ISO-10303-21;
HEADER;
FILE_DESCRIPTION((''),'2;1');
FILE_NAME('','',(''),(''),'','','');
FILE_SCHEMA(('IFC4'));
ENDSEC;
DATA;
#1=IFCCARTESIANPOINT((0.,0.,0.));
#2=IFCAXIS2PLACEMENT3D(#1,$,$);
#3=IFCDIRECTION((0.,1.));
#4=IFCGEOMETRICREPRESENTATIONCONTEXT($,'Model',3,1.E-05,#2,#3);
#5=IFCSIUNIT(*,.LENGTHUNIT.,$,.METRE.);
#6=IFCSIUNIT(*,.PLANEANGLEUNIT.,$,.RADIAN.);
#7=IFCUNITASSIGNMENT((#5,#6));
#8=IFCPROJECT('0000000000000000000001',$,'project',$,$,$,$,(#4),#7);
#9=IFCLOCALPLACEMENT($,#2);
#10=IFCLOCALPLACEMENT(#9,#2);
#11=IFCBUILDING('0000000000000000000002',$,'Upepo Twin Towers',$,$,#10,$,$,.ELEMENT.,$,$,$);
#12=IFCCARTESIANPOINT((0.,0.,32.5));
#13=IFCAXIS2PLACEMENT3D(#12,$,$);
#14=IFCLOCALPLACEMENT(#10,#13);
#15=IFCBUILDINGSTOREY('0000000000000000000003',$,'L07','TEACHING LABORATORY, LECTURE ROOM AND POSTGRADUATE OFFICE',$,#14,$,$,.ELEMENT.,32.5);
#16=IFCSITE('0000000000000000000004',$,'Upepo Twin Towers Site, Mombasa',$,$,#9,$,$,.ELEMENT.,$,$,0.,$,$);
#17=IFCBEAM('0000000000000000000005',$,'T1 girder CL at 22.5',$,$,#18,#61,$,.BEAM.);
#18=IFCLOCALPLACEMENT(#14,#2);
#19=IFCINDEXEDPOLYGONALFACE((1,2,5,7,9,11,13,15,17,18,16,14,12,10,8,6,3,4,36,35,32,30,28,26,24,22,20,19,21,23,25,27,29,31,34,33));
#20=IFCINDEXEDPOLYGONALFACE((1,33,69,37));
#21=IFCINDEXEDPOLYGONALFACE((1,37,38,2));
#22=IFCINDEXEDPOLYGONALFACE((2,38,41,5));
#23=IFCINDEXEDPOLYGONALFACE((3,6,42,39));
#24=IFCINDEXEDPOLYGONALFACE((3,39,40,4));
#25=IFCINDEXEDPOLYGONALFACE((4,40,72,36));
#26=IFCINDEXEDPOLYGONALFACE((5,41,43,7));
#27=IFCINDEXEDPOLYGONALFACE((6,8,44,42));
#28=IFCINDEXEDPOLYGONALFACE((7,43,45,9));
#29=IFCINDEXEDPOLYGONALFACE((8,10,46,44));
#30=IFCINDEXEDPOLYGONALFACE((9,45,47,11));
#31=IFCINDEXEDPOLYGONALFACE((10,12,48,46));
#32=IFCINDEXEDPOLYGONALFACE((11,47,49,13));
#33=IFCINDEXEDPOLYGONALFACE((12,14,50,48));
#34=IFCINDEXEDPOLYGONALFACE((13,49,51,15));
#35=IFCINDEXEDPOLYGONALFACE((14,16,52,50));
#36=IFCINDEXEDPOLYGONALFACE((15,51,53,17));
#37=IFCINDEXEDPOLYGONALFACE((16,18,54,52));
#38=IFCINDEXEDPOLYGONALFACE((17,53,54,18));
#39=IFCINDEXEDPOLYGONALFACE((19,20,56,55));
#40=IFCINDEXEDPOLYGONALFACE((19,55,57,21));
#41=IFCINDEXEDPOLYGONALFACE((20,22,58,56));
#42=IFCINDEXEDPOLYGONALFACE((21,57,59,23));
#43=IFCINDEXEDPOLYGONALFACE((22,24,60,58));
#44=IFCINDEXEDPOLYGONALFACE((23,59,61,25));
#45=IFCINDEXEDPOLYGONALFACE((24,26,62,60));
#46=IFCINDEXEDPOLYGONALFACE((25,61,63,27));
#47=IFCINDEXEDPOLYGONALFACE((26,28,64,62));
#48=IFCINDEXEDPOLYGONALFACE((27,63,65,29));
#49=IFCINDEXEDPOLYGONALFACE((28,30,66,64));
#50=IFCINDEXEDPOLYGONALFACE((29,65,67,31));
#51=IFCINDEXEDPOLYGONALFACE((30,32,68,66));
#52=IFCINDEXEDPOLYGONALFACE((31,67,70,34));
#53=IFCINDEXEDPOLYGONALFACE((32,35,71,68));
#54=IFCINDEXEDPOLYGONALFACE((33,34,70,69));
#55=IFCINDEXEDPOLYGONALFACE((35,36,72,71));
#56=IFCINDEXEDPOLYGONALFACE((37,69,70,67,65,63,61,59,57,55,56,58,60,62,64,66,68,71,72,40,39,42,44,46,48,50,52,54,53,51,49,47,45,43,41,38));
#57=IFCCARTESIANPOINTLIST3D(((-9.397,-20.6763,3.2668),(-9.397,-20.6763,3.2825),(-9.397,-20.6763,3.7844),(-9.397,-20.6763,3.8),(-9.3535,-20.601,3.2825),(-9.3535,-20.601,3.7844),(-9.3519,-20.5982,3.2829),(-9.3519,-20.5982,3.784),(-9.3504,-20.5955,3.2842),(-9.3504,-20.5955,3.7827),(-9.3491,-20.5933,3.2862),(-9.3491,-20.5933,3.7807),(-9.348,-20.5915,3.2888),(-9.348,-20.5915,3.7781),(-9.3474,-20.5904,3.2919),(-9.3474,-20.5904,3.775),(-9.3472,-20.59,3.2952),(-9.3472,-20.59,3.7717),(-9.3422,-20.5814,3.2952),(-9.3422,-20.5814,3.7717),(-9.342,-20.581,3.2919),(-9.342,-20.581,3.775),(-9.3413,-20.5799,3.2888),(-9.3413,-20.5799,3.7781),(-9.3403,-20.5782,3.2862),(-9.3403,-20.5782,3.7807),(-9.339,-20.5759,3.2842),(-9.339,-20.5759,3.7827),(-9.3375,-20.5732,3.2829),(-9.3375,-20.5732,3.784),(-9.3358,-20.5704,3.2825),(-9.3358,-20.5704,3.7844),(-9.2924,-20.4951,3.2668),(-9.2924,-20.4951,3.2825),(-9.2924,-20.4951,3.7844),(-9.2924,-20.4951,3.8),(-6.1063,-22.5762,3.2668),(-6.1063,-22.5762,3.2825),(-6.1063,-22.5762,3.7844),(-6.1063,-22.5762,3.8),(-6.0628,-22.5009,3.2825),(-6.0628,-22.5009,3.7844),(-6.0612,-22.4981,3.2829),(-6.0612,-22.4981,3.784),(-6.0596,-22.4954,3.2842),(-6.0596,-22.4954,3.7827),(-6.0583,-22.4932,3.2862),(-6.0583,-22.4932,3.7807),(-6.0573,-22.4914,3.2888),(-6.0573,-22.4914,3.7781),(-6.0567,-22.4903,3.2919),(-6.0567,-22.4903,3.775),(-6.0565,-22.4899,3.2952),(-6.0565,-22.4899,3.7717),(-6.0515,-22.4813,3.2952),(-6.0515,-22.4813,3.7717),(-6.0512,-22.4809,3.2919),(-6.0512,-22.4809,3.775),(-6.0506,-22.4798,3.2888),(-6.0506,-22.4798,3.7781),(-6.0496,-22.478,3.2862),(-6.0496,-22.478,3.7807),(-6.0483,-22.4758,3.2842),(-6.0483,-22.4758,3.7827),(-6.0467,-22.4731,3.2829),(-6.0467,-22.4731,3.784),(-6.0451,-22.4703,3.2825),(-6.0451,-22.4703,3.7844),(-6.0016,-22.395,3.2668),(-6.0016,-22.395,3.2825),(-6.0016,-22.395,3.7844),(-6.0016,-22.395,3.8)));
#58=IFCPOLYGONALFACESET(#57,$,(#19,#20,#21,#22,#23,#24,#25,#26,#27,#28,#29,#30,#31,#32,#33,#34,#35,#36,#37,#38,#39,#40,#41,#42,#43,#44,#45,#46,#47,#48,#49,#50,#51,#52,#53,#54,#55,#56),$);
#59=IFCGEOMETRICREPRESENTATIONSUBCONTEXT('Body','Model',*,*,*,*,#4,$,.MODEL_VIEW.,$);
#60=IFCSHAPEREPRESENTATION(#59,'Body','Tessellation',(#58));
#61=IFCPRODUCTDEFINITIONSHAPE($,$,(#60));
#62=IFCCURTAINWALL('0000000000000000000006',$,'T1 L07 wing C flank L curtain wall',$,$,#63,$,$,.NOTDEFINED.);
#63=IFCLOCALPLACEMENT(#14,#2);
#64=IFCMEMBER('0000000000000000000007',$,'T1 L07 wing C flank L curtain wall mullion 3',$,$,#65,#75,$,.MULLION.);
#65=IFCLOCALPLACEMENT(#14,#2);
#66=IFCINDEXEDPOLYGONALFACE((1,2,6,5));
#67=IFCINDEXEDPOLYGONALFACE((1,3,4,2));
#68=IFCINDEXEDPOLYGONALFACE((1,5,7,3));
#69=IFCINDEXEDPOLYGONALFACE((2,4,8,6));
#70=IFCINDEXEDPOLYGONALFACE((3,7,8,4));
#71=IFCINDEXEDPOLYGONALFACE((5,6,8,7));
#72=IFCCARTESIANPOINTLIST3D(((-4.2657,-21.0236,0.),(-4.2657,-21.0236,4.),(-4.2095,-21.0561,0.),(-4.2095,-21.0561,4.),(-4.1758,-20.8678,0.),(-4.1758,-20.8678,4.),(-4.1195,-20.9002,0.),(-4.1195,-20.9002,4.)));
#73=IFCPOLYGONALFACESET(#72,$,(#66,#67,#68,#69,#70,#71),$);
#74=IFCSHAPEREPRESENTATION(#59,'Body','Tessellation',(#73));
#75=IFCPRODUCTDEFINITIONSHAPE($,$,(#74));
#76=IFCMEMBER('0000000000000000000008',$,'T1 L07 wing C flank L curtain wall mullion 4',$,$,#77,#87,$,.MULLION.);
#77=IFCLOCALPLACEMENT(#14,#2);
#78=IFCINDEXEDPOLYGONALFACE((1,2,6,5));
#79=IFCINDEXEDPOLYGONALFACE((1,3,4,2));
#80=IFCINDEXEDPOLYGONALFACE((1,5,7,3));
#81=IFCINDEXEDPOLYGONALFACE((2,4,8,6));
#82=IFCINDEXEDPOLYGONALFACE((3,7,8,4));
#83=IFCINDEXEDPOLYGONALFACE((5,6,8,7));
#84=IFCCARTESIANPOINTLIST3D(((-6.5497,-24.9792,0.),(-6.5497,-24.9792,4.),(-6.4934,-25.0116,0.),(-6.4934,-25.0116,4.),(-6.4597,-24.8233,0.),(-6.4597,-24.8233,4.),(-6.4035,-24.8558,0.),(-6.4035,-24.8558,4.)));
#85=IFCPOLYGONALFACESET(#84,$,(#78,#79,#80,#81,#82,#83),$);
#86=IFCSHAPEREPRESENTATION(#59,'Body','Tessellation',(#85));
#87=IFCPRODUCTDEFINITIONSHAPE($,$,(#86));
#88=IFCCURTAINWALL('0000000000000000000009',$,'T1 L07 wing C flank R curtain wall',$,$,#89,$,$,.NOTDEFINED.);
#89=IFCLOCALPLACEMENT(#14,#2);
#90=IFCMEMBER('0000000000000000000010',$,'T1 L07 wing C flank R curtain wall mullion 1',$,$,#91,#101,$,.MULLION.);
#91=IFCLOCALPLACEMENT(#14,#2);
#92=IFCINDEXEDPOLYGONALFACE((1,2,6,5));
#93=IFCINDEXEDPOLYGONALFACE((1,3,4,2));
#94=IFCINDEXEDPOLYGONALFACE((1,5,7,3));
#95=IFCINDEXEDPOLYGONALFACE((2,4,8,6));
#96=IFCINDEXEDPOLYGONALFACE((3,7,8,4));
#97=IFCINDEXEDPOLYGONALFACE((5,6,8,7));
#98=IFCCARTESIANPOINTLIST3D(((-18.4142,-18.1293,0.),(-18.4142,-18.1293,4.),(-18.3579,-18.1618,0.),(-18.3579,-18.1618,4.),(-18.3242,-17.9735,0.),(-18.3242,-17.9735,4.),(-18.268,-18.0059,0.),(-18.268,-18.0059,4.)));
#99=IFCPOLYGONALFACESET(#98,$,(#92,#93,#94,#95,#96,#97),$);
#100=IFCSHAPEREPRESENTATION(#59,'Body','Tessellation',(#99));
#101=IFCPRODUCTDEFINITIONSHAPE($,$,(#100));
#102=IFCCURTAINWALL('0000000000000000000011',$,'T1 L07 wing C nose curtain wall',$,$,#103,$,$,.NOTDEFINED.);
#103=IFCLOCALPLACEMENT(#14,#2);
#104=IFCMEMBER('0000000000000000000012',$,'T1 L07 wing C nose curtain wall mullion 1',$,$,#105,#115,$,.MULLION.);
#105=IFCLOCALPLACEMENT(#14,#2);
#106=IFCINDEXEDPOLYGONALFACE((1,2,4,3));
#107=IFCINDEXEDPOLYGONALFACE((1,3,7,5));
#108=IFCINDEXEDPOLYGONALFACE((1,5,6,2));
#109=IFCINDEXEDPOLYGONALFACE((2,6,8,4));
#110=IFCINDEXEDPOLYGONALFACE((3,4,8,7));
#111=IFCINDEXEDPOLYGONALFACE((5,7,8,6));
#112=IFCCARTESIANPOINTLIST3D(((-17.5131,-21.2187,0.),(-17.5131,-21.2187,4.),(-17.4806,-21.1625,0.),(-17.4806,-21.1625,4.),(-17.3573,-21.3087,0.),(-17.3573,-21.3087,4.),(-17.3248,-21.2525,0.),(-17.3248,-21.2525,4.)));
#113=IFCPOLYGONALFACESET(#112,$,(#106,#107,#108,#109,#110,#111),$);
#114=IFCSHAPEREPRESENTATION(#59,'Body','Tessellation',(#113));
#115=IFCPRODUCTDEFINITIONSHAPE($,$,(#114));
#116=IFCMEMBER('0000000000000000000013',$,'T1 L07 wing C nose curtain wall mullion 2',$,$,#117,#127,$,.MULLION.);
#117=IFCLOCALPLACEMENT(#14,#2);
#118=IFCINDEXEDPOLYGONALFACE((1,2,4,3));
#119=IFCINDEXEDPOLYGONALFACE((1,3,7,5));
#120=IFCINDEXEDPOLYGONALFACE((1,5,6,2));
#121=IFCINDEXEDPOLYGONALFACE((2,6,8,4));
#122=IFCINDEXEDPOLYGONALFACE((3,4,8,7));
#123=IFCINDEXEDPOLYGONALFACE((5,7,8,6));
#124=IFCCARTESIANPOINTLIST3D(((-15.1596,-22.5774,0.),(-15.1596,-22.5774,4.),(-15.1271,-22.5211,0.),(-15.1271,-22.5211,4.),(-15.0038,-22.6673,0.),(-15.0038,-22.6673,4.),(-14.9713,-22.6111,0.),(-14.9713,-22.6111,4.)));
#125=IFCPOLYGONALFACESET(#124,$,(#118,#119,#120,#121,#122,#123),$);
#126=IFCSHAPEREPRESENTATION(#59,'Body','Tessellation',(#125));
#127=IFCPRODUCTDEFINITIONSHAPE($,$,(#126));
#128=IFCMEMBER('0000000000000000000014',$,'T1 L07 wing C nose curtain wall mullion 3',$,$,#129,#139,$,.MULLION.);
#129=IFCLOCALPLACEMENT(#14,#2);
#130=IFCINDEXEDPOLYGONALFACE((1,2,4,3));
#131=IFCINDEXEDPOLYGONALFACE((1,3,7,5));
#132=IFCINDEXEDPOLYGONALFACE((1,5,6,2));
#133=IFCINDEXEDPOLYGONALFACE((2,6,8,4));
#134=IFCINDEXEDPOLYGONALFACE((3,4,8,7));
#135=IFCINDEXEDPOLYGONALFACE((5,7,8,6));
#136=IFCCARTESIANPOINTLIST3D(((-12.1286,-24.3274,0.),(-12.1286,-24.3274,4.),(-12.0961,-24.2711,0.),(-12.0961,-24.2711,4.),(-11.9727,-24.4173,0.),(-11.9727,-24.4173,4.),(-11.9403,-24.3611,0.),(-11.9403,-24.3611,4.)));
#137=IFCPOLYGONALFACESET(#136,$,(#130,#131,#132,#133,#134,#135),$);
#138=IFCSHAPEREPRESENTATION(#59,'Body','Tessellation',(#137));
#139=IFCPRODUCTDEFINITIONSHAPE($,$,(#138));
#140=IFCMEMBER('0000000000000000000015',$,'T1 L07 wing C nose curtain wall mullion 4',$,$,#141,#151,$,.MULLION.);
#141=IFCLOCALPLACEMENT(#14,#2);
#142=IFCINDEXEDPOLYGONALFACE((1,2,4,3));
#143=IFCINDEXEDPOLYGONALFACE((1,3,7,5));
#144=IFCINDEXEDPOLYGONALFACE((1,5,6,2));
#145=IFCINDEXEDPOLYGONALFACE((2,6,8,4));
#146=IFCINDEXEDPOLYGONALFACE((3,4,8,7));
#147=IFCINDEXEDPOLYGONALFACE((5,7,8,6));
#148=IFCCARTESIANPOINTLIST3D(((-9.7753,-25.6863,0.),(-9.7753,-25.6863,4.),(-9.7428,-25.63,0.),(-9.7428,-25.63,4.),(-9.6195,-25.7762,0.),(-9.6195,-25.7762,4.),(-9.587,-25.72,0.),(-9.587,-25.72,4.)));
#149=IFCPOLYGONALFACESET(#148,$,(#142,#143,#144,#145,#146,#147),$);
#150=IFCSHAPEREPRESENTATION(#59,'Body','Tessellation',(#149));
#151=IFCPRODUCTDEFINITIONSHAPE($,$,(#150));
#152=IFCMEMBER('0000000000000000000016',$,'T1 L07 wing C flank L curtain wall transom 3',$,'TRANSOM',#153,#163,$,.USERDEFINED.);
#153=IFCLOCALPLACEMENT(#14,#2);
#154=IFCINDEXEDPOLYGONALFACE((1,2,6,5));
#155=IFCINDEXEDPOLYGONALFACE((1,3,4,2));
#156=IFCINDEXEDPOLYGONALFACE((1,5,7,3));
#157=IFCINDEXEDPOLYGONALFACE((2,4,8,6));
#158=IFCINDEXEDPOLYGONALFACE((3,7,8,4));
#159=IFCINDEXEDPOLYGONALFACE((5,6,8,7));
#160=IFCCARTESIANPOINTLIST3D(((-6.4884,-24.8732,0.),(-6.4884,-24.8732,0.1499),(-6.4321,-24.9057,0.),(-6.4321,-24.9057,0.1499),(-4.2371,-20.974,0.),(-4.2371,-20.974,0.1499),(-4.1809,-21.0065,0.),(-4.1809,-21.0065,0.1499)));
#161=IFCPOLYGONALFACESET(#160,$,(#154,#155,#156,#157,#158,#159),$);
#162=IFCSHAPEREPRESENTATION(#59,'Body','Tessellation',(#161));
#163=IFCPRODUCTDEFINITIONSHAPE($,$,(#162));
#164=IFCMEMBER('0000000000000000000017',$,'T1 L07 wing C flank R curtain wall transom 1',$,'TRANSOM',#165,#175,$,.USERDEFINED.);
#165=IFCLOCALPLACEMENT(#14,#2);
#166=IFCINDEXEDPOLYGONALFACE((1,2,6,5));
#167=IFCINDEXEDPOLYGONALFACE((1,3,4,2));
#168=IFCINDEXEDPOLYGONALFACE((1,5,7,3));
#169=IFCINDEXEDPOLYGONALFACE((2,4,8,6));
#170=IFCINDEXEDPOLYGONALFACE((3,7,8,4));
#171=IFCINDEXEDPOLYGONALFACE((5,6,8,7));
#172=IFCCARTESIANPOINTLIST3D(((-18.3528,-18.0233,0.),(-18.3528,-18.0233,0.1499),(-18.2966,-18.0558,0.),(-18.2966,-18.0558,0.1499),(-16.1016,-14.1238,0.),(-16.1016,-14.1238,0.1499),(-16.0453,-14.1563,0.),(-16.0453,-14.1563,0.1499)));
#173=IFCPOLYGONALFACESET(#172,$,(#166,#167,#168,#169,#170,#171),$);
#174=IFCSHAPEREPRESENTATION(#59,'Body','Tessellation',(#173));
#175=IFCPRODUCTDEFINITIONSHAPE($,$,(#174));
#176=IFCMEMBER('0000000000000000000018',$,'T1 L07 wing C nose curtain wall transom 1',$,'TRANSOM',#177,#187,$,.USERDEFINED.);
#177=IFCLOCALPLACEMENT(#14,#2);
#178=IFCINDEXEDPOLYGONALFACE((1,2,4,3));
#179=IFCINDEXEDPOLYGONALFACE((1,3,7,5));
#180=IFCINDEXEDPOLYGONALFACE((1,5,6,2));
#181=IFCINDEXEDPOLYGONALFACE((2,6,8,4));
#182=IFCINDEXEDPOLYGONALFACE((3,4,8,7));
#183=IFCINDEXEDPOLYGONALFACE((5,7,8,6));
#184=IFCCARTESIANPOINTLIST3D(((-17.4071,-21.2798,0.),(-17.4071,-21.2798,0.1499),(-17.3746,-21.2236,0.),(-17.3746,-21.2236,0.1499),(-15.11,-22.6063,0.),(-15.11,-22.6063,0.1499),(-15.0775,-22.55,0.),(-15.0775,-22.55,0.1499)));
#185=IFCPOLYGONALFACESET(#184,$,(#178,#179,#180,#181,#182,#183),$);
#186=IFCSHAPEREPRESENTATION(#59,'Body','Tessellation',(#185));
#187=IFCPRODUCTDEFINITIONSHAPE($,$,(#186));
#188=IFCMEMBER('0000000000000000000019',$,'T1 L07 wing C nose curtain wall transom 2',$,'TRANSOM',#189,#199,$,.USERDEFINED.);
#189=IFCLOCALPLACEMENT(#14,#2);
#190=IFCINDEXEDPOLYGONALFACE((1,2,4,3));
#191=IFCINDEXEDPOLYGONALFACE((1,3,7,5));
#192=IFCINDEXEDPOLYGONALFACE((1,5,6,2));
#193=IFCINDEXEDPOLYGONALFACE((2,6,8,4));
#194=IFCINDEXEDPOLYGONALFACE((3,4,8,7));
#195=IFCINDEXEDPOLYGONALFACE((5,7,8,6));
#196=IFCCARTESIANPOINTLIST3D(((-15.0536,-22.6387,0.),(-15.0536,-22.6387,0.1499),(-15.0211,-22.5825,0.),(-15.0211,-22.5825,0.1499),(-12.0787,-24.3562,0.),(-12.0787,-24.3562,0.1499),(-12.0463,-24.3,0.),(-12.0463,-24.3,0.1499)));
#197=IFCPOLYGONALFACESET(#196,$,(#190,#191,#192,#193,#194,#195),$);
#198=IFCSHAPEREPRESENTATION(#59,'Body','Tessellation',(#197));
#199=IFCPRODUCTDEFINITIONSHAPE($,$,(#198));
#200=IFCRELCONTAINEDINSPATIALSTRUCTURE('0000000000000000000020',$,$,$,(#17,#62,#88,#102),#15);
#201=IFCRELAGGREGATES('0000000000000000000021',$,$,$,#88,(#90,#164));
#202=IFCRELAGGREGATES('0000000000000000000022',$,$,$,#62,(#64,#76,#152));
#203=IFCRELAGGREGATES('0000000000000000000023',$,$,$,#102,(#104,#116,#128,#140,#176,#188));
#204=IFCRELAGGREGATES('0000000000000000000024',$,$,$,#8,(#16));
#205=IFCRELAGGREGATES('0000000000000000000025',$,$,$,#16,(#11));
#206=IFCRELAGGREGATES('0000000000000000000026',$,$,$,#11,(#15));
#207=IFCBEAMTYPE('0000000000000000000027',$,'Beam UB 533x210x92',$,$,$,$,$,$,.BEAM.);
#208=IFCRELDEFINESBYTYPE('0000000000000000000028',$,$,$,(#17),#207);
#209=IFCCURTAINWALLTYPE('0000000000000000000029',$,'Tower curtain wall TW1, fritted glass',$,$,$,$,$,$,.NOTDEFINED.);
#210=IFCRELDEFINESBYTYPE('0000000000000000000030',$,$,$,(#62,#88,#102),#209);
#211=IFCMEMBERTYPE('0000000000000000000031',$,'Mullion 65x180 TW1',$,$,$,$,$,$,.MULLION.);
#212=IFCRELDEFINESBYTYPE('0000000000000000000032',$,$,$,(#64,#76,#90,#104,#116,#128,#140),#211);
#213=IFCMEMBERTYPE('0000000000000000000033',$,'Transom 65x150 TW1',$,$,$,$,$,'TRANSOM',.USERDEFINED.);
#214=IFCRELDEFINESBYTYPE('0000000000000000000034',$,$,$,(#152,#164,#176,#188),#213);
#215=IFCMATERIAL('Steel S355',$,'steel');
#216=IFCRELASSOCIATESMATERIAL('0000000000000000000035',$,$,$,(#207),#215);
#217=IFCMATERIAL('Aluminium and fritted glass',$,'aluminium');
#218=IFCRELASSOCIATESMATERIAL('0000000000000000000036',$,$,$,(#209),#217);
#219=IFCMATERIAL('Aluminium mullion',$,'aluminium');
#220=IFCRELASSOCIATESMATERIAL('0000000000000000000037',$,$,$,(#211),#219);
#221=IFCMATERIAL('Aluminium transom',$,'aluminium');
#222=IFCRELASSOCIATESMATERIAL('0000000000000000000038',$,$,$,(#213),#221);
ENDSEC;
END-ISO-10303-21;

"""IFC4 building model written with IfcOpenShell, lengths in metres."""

from ifc_helpers import new_model, si_unit, direction, frame, origin, origin_2d, place, context, subcontext, project, spatial, rectangle, i_section, extrude, material, material_profile, profile_set, type_object, element, aggregate, save


model = new_model("IFC4")

# Units and contexts
model_context = context("Model", 3, precision=1e-05, world=origin(), true_north=direction((0.0, 1.0)))
body_context = subcontext(model_context, "Body", "Model", "MODEL_VIEW")
ifc_project = project(units=[si_unit("LENGTHUNIT", "METRE"), si_unit("PLANEANGLEUNIT", "RADIAN")], contexts=[model_context])

# Site, building, storey
site_placement = place(None, origin())
site = spatial("IfcSite", under=ifc_project, at=site_placement, Name="Upepo Twin Towers Site, Mombasa", CompositionType="ELEMENT", RefElevation=0.0)
building_placement = place(site_placement, origin())
building = spatial("IfcBuilding", under=site, at=building_placement, Name="Upepo Twin Towers", CompositionType="ELEMENT")
storey_placement = place(building_placement, frame((0.0, 0.0, 32.5)))
storey = spatial("IfcBuildingStorey", under=building, at=storey_placement, Name="L07", Description="TEACHING LABORATORY, LECTURE ROOM AND POSTGRADUATE OFFICE", CompositionType="ELEMENT", Elevation=32.5)

# Beam
ifc_material_1 = material(Name="Steel S355", Category="steel")
ifc_material_profile_1 = material_profile(ifc_material_1, i_section(OverallWidth=0.2092, OverallDepth=0.5332, WebThickness=0.01, FlangeThickness=0.0156, FilletRadius=0.0127, at=origin_2d()), Name="UB 533x210x92")
ifc_profile_set_1 = profile_set([ifc_material_profile_1], Name="Steel S355")
beam_type_1 = type_object("IfcBeamType", Name="Beam UB 533x210x92", PredefinedType="BEAM", material=ifc_profile_set_1)
beam_1_placement = place(storey_placement, frame((-6.054, -22.4856, 3.5334), z_axis=(-0.866028, 0.499995, 0.0), x_axis=(-0.499995, -0.866028, 0.0)))
element("IfcBeam", 1, at=beam_1_placement, inside=storey, type_object=beam_type_1, Name="T1 girder CL at 22.5", PredefinedType="BEAM", context=body_context, shape_type="SweptSolid", body=[
    extrude(i_section(OverallWidth=0.2092, OverallDepth=0.5332, WebThickness=0.01, FlangeThickness=0.0156, FilletRadius=0.0127, at=origin_2d()), origin(), (0.0, 0.0, 1.0), 3.7998),
])

# Curtain wall, members
ifc_material_2 = material(Name="Aluminium and fritted glass", Category="aluminium")
curtain_wall_type = type_object("IfcCurtainWallType", Name="Tower curtain wall TW1, fritted glass", PredefinedType="NOTDEFINED", material=ifc_material_2)
curtain_wall_1_placement = place(storey_placement, origin())
curtain_wall_1 = element("IfcCurtainWall", 2, at=curtain_wall_1_placement, inside=storey, type_object=curtain_wall_type, Name="T1 L07 wing C flank L curtain wall", PredefinedType="NOTDEFINED")
ifc_material_3 = material(Name="Aluminium mullion", Category="aluminium")
ifc_material_profile_2 = material_profile(ifc_material_3, rectangle(XDim=0.0649, YDim=0.1799, at=origin_2d()), Name="MULLION 65x180")
ifc_profile_set_2 = profile_set([ifc_material_profile_2], Name="Aluminium mullion")
member_type_1 = type_object("IfcMemberType", Name="Mullion 65x180 TW1", PredefinedType="MULLION", material=ifc_profile_set_2)
member_1_placement = place(storey_placement, frame((-4.1926, -20.9619, 0.0), z_axis=(0.0, 0.0, 1.0), x_axis=(0.866025, -0.5, 0.0)))
member_1 = element("IfcMember", 3, at=member_1_placement, type_object=member_type_1, Name="T1 L07 wing C flank L curtain wall mullion 3", PredefinedType="MULLION", context=body_context, shape_type="SweptSolid", body=[
    extrude(rectangle(XDim=0.0649, YDim=0.1799, at=origin_2d()), origin(), (0.0, 0.0, 1.0), 4.0),
])
member_2_placement = place(storey_placement, frame((-6.4766, -24.9175, 0.0), z_axis=(0.0, 0.0, 1.0), x_axis=(0.866025, -0.5, 0.0)))
member_2 = element("IfcMember", 4, at=member_2_placement, type_object=member_type_1, Name="T1 L07 wing C flank L curtain wall mullion 4", PredefinedType="MULLION", context=body_context, shape_type="SweptSolid", body=[
    extrude(rectangle(XDim=0.0649, YDim=0.1799, at=origin_2d()), origin(), (0.0, 0.0, 1.0), 4.0),
])

# Curtain wall, member
curtain_wall_2_placement = place(storey_placement, origin())
curtain_wall_2 = element("IfcCurtainWall", 5, at=curtain_wall_2_placement, inside=storey, type_object=curtain_wall_type, Name="T1 L07 wing C flank R curtain wall", PredefinedType="NOTDEFINED")
member_3_placement = place(storey_placement, frame((-18.3411, -18.0676, 0.0), z_axis=(0.0, 0.0, 1.0), x_axis=(-0.866025, 0.5, 0.0)))
member_3 = element("IfcMember", 6, at=member_3_placement, type_object=member_type_1, Name="T1 L07 wing C flank R curtain wall mullion 1", PredefinedType="MULLION", context=body_context, shape_type="SweptSolid", body=[
    extrude(rectangle(XDim=0.0649, YDim=0.1799, at=origin_2d()), origin(), (0.0, 0.0, 1.0), 4.0),
])

# Curtain wall, members
curtain_wall_3_placement = place(storey_placement, origin())
curtain_wall_3 = element("IfcCurtainWall", 7, at=curtain_wall_3_placement, inside=storey, type_object=curtain_wall_type, Name="T1 L07 wing C nose curtain wall", PredefinedType="NOTDEFINED")
member_4_placement = place(storey_placement, frame((-17.4189, -21.2356, 0.0), z_axis=(0.0, 0.0, 1.0), x_axis=(0.5, 0.866025, 0.0)))
member_4 = element("IfcMember", 8, at=member_4_placement, type_object=member_type_1, Name="T1 L07 wing C nose curtain wall mullion 1", PredefinedType="MULLION", context=body_context, shape_type="SweptSolid", body=[
    extrude(rectangle(XDim=0.0649, YDim=0.1799, at=origin_2d()), origin(), (0.0, 0.0, 1.0), 4.0),
])
member_5_placement = place(storey_placement, frame((-15.0654, -22.5942, 0.0), z_axis=(0.0, 0.0, 1.0), x_axis=(0.5, 0.866025, 0.0)))
member_5 = element("IfcMember", 9, at=member_5_placement, type_object=member_type_1, Name="T1 L07 wing C nose curtain wall mullion 2", PredefinedType="MULLION", context=body_context, shape_type="SweptSolid", body=[
    extrude(rectangle(XDim=0.0649, YDim=0.1799, at=origin_2d()), origin(), (0.0, 0.0, 1.0), 4.0),
])
member_6_placement = place(storey_placement, frame((-12.0344, -24.3442, 0.0), z_axis=(0.0, 0.0, 1.0), x_axis=(0.5, 0.866025, 0.0)))
member_6 = element("IfcMember", 10, at=member_6_placement, type_object=member_type_1, Name="T1 L07 wing C nose curtain wall mullion 3", PredefinedType="MULLION", context=body_context, shape_type="SweptSolid", body=[
    extrude(rectangle(XDim=0.0649, YDim=0.1799, at=origin_2d()), origin(), (0.0, 0.0, 1.0), 4.0),
])
member_7_placement = place(storey_placement, frame((-9.6812, -25.7031, 0.0), z_axis=(0.0, 0.0, 1.0), x_axis=(0.5, 0.866025, 0.0)))
member_7 = element("IfcMember", 11, at=member_7_placement, type_object=member_type_1, Name="T1 L07 wing C nose curtain wall mullion 4", PredefinedType="MULLION", context=body_context, shape_type="SweptSolid", body=[
    extrude(rectangle(XDim=0.0649, YDim=0.1799, at=origin_2d()), origin(), (0.0, 0.0, 1.0), 4.0),
])

# Members
ifc_material_4 = material(Name="Aluminium transom", Category="aluminium")
ifc_material_profile_3 = material_profile(ifc_material_4, rectangle(XDim=0.0649, YDim=0.1499, at=origin_2d()), Name="TRANSOM 65x150")
ifc_profile_set_3 = profile_set([ifc_material_profile_3], Name="Aluminium transom")
member_type_2 = type_object("IfcMemberType", Name="Transom 65x150 TW1", ElementType="TRANSOM", PredefinedType="USERDEFINED", material=ifc_profile_set_3)
member_8_placement = place(storey_placement, frame((-4.209, -20.9902, 0.075), z_axis=(-0.500006, -0.866022, 0.0), x_axis=(0.866022, -0.500006, 0.0)))
member_8 = element("IfcMember", 12, at=member_8_placement, type_object=member_type_2, Name="T1 L07 wing C flank L curtain wall transom 3", ObjectType="TRANSOM", PredefinedType="USERDEFINED", context=body_context, shape_type="SweptSolid", body=[
    extrude(rectangle(XDim=0.0649, YDim=0.1499, at=origin_2d()), origin(), (0.0, 0.0, 1.0), 4.5024),
])
member_9_placement = place(storey_placement, frame((-18.3247, -18.0396, 0.075), z_axis=(0.499982, 0.866036, 0.0), x_axis=(-0.866036, 0.499982, 0.0)))
member_9 = element("IfcMember", 13, at=member_9_placement, type_object=member_type_2, Name="T1 L07 wing C flank R curtain wall transom 1", ObjectType="TRANSOM", PredefinedType="USERDEFINED", context=body_context, shape_type="SweptSolid", body=[
    extrude(rectangle(XDim=0.0649, YDim=0.1499, at=origin_2d()), origin(), (0.0, 0.0, 1.0), 4.5027),
])
aggregate(curtain_wall_2, [member_3, member_9])
member_10_placement = place(storey_placement, frame((-17.3909, -21.2517, 0.075), z_axis=(0.865997, -0.500049, 0.0), x_axis=(0.500049, 0.865997, 0.0)))
member_10 = element("IfcMember", 14, at=member_10_placement, type_object=member_type_2, Name="T1 L07 wing C nose curtain wall transom 1", ObjectType="TRANSOM", PredefinedType="USERDEFINED", context=body_context, shape_type="SweptSolid", body=[
    extrude(rectangle(XDim=0.0649, YDim=0.1499, at=origin_2d()), origin(), (0.0, 0.0, 1.0), 2.6526),
])
member_11_placement = place(storey_placement, frame((-15.0374, -22.6106, 0.075), z_axis=(0.866026, -0.499999, 0.0), x_axis=(0.499999, 0.866026, 0.0)))
member_11 = element("IfcMember", 15, at=member_11_placement, type_object=member_type_2, Name="T1 L07 wing C nose curtain wall transom 2", ObjectType="TRANSOM", PredefinedType="USERDEFINED", context=body_context, shape_type="SweptSolid", body=[
    extrude(rectangle(XDim=0.0649, YDim=0.1499, at=origin_2d()), origin(), (0.0, 0.0, 1.0), 3.4351),
])

aggregate(curtain_wall_1, [member_1, member_2, member_8])
aggregate(curtain_wall_3, [member_4, member_5, member_6, member_7, member_10, member_11])

save(model, "model.ifc")
